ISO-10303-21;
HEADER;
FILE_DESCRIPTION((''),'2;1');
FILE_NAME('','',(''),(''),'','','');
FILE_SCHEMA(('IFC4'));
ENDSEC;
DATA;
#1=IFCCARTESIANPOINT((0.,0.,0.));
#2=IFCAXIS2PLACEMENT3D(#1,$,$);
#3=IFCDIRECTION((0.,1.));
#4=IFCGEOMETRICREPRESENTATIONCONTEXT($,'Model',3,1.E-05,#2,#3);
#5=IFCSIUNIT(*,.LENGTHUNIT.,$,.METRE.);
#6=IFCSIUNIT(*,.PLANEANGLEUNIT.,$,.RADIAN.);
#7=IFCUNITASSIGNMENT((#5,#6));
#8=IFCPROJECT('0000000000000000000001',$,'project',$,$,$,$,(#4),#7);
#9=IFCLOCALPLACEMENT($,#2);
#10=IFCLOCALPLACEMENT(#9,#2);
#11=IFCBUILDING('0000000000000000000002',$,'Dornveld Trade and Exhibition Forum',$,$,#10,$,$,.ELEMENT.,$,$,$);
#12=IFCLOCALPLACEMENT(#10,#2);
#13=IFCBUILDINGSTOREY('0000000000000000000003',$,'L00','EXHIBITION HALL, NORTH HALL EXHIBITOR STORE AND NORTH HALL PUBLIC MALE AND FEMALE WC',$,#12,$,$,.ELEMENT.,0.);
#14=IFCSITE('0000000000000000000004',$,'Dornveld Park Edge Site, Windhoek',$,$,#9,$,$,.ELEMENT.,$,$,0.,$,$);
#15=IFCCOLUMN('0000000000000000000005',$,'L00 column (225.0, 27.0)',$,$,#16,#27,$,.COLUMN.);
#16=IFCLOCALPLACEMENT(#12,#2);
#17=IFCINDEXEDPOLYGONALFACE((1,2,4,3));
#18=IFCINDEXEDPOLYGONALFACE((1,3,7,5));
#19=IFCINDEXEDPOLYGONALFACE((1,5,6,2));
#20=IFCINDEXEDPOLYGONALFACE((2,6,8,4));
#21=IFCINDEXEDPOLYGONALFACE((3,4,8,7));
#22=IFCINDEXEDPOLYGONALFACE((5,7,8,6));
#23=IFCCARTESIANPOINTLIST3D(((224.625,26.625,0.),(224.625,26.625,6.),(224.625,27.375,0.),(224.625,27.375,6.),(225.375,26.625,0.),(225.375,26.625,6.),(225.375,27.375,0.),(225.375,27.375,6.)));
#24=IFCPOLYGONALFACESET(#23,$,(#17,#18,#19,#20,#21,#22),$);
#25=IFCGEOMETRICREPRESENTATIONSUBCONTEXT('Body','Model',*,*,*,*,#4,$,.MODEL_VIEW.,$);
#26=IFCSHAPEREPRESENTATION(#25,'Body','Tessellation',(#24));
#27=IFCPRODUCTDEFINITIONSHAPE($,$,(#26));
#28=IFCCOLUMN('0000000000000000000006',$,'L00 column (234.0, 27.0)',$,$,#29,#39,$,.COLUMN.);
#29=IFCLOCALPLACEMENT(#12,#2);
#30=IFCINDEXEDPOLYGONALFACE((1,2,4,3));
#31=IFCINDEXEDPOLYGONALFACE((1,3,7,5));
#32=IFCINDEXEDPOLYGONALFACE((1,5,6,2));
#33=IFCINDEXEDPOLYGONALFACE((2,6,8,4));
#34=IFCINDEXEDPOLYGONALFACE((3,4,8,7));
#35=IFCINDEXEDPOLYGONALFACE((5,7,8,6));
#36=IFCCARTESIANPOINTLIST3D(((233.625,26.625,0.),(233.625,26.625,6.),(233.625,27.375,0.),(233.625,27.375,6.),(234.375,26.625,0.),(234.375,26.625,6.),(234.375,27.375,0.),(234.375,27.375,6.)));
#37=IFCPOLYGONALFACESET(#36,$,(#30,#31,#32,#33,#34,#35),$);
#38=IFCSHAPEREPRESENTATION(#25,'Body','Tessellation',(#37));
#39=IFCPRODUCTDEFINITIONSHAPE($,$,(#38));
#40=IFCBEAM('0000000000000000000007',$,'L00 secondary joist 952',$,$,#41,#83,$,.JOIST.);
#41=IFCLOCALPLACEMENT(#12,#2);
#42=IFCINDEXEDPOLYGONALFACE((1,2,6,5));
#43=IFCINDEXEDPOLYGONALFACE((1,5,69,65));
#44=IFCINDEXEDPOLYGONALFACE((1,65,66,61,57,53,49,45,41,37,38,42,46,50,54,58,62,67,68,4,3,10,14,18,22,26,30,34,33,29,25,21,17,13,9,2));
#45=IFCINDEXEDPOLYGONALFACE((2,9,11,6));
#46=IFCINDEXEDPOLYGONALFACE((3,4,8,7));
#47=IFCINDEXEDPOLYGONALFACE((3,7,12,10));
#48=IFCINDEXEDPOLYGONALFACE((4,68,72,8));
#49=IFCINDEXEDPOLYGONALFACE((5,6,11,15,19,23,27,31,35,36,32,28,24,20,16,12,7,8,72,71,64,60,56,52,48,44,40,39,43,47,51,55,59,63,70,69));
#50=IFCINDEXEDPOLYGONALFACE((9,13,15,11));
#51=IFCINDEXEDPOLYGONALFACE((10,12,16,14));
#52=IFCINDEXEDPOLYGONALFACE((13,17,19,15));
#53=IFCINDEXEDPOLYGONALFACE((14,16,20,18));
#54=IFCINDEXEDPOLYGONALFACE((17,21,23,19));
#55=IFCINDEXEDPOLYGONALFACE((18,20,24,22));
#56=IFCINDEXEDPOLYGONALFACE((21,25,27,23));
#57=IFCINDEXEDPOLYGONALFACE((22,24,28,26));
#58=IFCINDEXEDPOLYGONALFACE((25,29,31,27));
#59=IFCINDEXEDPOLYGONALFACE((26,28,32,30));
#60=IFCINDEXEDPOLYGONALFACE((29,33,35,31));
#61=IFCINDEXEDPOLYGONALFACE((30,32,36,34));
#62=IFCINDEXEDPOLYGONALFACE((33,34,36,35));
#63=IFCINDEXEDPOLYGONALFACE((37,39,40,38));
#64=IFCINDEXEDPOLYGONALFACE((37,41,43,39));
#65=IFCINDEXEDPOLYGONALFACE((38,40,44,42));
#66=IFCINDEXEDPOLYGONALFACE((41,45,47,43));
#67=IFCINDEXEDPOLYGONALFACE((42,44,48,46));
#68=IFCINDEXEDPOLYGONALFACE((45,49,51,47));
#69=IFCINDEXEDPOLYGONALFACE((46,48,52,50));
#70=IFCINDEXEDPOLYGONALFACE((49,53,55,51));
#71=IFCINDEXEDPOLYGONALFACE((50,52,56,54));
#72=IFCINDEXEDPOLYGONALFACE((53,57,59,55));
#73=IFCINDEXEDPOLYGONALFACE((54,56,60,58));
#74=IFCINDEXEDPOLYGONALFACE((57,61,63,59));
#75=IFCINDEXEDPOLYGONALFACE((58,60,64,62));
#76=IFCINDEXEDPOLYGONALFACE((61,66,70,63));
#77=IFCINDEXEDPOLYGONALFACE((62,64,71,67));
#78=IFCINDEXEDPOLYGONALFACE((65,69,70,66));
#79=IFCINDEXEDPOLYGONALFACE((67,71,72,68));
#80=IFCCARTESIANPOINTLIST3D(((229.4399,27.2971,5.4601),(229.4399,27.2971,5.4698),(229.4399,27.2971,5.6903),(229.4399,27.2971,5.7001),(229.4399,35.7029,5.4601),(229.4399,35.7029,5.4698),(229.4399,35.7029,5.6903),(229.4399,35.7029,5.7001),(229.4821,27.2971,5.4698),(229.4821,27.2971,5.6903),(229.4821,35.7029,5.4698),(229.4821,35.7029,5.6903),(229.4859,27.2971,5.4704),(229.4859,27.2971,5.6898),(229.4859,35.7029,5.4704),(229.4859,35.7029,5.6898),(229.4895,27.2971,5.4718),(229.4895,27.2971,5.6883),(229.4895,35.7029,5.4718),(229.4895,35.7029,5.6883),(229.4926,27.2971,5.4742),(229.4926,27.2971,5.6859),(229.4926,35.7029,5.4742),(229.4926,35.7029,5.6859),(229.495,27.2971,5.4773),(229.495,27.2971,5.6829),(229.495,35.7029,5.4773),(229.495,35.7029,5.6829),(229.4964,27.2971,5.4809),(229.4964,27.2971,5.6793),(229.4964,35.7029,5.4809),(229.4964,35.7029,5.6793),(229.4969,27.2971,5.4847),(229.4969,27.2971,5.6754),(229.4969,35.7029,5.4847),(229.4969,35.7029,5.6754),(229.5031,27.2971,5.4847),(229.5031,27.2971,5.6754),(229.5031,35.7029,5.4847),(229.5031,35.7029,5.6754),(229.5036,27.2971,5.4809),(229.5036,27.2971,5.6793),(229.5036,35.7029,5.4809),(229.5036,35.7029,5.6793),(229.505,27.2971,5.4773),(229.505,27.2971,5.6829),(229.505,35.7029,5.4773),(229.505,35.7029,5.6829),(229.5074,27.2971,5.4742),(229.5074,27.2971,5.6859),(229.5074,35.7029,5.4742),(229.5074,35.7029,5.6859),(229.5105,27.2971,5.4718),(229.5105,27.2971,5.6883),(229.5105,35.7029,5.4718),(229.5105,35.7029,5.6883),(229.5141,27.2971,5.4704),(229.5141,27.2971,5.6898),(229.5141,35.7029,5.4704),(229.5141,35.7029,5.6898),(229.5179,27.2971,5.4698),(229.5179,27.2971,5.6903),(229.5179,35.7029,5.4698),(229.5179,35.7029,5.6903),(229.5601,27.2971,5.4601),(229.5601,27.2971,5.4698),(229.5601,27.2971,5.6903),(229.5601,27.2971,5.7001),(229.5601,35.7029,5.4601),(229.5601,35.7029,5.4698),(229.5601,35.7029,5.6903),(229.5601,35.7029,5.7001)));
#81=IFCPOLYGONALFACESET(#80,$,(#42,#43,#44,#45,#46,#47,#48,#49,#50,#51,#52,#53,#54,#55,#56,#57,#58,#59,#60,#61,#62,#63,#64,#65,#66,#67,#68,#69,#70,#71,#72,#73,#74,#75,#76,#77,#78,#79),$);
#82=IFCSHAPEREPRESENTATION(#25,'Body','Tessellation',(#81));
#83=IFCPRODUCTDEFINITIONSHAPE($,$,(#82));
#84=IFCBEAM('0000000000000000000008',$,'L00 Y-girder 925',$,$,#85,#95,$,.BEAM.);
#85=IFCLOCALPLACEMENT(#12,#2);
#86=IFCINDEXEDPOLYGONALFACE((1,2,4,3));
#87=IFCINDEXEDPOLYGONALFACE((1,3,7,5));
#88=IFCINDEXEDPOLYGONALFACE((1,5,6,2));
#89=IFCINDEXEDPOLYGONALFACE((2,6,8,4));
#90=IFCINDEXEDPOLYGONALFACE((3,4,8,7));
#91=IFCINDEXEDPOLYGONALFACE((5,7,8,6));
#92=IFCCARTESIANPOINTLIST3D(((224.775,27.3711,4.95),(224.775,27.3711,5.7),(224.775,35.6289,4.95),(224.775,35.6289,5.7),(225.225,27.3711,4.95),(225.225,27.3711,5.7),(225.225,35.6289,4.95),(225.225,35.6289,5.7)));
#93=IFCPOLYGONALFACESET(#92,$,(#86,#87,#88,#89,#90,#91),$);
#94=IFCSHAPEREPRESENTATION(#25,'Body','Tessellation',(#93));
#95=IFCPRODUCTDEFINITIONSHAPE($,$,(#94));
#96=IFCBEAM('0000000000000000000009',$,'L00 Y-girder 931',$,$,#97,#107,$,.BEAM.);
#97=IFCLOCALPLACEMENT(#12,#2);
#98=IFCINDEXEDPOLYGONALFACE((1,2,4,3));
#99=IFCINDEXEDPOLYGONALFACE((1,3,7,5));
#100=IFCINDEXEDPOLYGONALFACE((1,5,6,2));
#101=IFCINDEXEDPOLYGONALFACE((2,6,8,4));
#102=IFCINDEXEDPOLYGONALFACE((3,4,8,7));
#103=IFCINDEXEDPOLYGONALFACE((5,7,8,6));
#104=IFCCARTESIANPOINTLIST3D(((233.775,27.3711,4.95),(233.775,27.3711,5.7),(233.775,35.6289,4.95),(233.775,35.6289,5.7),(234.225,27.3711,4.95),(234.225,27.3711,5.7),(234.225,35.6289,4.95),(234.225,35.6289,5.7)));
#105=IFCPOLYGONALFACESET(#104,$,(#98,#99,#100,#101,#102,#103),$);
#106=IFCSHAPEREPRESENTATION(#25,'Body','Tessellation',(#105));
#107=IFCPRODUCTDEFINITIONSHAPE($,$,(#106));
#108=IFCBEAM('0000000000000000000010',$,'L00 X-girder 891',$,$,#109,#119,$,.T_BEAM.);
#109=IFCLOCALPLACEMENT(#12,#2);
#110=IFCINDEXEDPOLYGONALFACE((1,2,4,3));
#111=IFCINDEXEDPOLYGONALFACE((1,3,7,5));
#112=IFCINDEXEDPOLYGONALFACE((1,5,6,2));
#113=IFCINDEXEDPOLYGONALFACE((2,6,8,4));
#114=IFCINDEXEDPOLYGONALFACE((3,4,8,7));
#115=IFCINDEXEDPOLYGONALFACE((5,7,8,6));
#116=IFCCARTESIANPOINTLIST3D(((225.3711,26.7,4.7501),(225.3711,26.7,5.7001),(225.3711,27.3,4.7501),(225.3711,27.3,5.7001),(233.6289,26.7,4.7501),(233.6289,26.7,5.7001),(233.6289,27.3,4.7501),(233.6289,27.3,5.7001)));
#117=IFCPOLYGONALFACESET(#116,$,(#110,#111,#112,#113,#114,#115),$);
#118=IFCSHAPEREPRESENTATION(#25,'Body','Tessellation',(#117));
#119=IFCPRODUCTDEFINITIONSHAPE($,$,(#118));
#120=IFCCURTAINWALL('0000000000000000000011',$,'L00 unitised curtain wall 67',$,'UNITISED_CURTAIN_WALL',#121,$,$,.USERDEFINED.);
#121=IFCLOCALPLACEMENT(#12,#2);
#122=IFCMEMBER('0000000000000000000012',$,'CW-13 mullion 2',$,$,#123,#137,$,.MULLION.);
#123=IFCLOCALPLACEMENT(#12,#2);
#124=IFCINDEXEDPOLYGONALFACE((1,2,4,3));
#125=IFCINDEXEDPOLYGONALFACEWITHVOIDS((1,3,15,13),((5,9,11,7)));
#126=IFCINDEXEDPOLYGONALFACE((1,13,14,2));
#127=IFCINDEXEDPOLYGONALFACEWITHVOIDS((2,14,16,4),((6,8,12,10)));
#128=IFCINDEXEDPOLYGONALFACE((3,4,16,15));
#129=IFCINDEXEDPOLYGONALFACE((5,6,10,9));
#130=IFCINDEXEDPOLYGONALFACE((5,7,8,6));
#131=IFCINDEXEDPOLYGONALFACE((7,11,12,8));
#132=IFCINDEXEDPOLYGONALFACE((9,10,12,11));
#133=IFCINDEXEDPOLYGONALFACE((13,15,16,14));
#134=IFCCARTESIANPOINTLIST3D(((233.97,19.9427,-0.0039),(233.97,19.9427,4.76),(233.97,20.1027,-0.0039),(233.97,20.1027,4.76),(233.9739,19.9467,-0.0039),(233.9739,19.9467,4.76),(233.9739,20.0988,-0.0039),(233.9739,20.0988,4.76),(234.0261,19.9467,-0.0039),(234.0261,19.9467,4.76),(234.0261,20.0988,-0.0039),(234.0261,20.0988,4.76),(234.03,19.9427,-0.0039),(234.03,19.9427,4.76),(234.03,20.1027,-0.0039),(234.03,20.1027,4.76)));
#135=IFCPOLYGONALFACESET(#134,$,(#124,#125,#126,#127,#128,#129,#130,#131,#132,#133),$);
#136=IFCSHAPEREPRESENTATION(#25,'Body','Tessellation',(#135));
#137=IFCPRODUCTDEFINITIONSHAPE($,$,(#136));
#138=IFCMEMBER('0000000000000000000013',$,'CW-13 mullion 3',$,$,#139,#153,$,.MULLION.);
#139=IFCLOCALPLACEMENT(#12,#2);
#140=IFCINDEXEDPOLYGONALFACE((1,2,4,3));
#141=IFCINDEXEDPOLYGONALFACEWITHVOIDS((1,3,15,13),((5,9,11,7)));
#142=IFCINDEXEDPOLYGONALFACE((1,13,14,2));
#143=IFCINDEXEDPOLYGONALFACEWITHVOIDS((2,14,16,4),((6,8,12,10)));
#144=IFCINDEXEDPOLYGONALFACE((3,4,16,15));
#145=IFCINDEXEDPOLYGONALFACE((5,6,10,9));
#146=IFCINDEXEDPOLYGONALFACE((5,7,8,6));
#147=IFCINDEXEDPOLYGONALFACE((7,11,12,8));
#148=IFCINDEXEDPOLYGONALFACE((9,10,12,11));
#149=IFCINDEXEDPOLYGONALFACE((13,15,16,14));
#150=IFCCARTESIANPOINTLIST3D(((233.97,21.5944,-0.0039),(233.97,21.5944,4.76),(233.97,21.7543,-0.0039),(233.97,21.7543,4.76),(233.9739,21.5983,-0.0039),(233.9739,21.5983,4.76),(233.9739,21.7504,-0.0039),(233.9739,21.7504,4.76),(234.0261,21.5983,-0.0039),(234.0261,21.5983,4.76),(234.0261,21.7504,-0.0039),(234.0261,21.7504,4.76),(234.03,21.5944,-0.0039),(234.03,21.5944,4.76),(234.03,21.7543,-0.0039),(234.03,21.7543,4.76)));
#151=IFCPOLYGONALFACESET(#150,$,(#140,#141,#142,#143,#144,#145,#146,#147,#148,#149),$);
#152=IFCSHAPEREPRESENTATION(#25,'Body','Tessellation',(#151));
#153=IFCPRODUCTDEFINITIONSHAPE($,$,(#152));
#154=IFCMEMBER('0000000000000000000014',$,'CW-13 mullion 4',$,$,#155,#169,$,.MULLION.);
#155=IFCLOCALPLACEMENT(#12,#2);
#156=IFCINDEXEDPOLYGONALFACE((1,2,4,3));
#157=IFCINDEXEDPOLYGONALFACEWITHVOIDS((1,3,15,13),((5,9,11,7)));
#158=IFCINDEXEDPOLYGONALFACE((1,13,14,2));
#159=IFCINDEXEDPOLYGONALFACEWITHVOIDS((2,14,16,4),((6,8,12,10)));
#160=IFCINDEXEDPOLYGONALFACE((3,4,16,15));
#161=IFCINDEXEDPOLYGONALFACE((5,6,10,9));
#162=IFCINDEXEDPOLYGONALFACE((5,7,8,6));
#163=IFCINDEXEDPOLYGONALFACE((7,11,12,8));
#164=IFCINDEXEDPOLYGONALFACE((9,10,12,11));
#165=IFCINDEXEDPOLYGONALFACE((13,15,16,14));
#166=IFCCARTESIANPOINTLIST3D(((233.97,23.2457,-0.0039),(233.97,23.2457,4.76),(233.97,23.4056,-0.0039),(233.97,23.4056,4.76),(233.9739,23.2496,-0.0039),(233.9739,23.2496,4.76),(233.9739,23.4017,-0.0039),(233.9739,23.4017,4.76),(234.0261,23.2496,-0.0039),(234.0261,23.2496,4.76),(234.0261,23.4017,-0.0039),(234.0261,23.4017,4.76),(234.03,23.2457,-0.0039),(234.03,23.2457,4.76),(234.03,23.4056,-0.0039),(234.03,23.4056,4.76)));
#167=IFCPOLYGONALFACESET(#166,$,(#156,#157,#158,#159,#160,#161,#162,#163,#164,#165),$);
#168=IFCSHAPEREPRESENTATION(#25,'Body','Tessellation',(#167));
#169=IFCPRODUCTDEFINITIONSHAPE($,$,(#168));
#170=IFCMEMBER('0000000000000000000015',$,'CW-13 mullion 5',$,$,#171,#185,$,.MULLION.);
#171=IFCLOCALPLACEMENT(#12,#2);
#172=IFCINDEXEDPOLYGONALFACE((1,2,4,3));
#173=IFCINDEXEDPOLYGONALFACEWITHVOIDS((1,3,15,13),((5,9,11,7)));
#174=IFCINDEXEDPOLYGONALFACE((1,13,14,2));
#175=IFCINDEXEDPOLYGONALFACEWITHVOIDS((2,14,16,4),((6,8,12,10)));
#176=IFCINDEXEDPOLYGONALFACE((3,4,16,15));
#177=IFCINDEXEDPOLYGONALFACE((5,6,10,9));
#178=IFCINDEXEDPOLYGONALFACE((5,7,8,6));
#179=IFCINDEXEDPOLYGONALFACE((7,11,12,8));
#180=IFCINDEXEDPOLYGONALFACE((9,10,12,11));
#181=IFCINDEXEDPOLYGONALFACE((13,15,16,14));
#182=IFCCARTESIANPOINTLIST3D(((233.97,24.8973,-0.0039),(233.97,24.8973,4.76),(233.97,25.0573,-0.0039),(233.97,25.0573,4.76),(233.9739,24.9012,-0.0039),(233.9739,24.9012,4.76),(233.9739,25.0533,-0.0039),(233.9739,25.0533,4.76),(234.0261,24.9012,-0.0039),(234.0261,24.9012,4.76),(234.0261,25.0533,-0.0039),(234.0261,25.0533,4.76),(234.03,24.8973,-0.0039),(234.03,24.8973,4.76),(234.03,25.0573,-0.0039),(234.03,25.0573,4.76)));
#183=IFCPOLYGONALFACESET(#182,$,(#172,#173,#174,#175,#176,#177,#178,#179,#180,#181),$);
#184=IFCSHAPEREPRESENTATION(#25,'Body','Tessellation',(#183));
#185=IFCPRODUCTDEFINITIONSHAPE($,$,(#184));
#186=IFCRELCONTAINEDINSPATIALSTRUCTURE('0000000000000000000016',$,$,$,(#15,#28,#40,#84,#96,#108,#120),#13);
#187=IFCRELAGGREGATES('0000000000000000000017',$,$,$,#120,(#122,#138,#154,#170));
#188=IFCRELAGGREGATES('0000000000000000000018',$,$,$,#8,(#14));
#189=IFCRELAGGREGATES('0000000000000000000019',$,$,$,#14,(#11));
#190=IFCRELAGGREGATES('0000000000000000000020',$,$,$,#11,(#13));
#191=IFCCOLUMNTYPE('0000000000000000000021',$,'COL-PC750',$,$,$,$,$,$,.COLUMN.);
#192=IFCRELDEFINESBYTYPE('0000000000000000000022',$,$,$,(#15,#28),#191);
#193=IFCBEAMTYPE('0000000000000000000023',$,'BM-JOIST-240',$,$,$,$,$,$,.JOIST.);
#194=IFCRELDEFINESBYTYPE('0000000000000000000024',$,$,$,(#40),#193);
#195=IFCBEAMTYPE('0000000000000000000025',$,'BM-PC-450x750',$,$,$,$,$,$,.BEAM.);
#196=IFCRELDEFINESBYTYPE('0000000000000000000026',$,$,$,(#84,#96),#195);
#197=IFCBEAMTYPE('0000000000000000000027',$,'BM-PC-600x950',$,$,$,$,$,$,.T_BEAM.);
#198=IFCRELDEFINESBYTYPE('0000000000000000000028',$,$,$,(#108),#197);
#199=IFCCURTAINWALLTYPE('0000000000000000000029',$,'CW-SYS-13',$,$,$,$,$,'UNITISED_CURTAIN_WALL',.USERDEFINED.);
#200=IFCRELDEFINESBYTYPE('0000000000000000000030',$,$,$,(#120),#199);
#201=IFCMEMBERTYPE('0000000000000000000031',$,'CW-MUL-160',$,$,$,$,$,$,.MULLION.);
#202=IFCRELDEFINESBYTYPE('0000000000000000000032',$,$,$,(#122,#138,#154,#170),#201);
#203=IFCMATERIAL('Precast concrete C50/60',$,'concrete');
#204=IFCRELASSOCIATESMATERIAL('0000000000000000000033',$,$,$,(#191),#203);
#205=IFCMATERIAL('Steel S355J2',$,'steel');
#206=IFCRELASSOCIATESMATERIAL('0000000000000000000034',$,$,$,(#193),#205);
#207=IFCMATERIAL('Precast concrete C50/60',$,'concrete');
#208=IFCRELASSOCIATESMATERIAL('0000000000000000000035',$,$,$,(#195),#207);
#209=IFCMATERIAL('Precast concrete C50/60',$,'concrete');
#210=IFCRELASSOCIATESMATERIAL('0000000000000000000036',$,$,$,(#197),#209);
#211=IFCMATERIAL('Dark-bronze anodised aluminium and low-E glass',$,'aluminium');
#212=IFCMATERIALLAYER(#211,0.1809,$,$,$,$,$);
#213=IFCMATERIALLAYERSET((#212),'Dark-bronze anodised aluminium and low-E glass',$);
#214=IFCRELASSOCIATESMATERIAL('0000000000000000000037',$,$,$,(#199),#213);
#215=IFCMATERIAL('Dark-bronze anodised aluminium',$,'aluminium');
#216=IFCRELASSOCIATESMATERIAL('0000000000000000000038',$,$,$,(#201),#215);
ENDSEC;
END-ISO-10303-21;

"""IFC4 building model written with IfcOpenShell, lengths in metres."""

from ifc_helpers import new_model, si_unit, direction, frame, origin, origin_2d, place, context, subcontext, project, spatial, rectangle, hollow_rectangle, i_section, extrude, material, layer, layer_set, material_profile, profile_set, type_object, element, aggregate, save


model = new_model("IFC4")

# Units and contexts
model_context = context("Model", 3, precision=1e-05, world=origin(), true_north=direction((0.0, 1.0)))
body_context = subcontext(model_context, "Body", "Model", "MODEL_VIEW")
ifc_project = project(units=[si_unit("LENGTHUNIT", "METRE"), si_unit("PLANEANGLEUNIT", "RADIAN")], contexts=[model_context])

# Site, building, storey
site_placement = place(None, origin())
site = spatial("IfcSite", under=ifc_project, at=site_placement, Name="Dornveld Park Edge Site, Windhoek", CompositionType="ELEMENT", RefElevation=0.0)
building_placement = place(site_placement, origin())
building = spatial("IfcBuilding", under=site, at=building_placement, Name="Dornveld Trade and Exhibition Forum", CompositionType="ELEMENT")
storey_placement = place(building_placement, origin())
storey = spatial("IfcBuildingStorey", under=building, at=storey_placement, Name="L00", Description="EXHIBITION HALL, NORTH HALL EXHIBITOR STORE AND NORTH HALL PUBLIC MALE AND FEMALE WC", CompositionType="ELEMENT", Elevation=0.0)

# Columns
ifc_material_1 = material(Name="Precast concrete C50/60", Category="concrete")
ifc_material_profile_1 = material_profile(ifc_material_1, rectangle(XDim=0.75, YDim=0.75, at=origin_2d()), Name="PC-COL 750x750")
ifc_profile_set_1 = profile_set([ifc_material_profile_1], Name="Precast concrete C50/60")
column_type = type_object("IfcColumnType", Name="COL-PC750", PredefinedType="COLUMN", material=ifc_profile_set_1)
for number, where, z_axis, x_axis, name in (
    (1, (225.0, 27.0, 0.0), (0.0, 0.0, 1.0), (1.0, 0.0, 0.0), "L00 column (225.0, 27.0)"),
    (2, (234.0, 27.0, 0.0), (0.0, 0.0, 1.0), (1.0, 0.0, 0.0), "L00 column (234.0, 27.0)"),
):
    element("IfcColumn", number, at=place(storey_placement, frame(where, z_axis=z_axis, x_axis=x_axis)), inside=storey, type_object=column_type, Name=name, PredefinedType="COLUMN", context=body_context, shape_type="SweptSolid", body=[
        extrude(rectangle(XDim=0.75, YDim=0.75, at=origin_2d()), origin(), (0.0, 0.0, 1.0), 6.0),
    ])

# Beams
ifc_material_2 = material(Name="Steel S355J2", Category="steel")
ifc_material_profile_2 = material_profile(ifc_material_2, i_section(OverallWidth=0.1201, OverallDepth=0.24, WebThickness=0.0061, FlangeThickness=0.0098, FilletRadius=0.0149, at=origin_2d()), Name="IPE 240")
ifc_profile_set_2 = profile_set([ifc_material_profile_2], Name="Steel S355J2")
beam_type_1 = type_object("IfcBeamType", Name="BM-JOIST-240", PredefinedType="JOIST", material=ifc_profile_set_2)
beam_1_placement = place(storey_placement, frame((229.5, 27.2971, 5.5801), z_axis=(0.0, 1.0, 0.0), x_axis=(-1.0, 0.0, 0.0)))
element("IfcBeam", 3, at=beam_1_placement, inside=storey, type_object=beam_type_1, Name="L00 secondary joist 952", PredefinedType="JOIST", context=body_context, shape_type="SweptSolid", body=[
    extrude(i_section(OverallWidth=0.1201, OverallDepth=0.24, WebThickness=0.0061, FlangeThickness=0.0098, FilletRadius=0.0149, at=origin_2d()), origin(), (0.0, 0.0, 1.0), 8.4058),
])
ifc_material_3 = material(Name="Precast concrete C50/60", Category="concrete")
ifc_material_profile_3 = material_profile(ifc_material_3, rectangle(XDim=0.45, YDim=0.75, at=origin_2d()), Name="PC-BM 450x750")
ifc_profile_set_3 = profile_set([ifc_material_profile_3], Name="Precast concrete C50/60")
beam_type_2 = type_object("IfcBeamType", Name="BM-PC-450x750", PredefinedType="BEAM", material=ifc_profile_set_3)
for number, where, z_axis, x_axis, name in (
    (4, (225.0, 27.3711, 5.325), (0.0, 1.0, 0.0), (-1.0, 0.0, 0.0), "L00 Y-girder 925"),
    (5, (234.0, 27.3711, 5.325), (0.0, 1.0, 0.0), (-1.0, 0.0, 0.0), "L00 Y-girder 931"),
):
    element("IfcBeam", number, at=place(storey_placement, frame(where, z_axis=z_axis, x_axis=x_axis)), inside=storey, type_object=beam_type_2, Name=name, PredefinedType="BEAM", context=body_context, shape_type="SweptSolid", body=[
        extrude(rectangle(XDim=0.45, YDim=0.75, at=origin_2d()), origin(), (0.0, 0.0, 1.0), 8.2578),
    ])
ifc_material_4 = material(Name="Precast concrete C50/60", Category="concrete")
ifc_material_profile_4 = material_profile(ifc_material_4, rectangle(XDim=0.6001, YDim=0.95, at=origin_2d()), Name="PC-GIR 600x950")
ifc_profile_set_4 = profile_set([ifc_material_profile_4], Name="Precast concrete C50/60")
beam_type_3 = type_object("IfcBeamType", Name="BM-PC-600x950", PredefinedType="T_BEAM", material=ifc_profile_set_4)
beam_2_placement = place(storey_placement, frame((225.3711, 27.0, 5.2251), z_axis=(1.0, 0.0, 0.0), x_axis=(0.0, 1.0, 0.0)))
element("IfcBeam", 6, at=beam_2_placement, inside=storey, type_object=beam_type_3, Name="L00 X-girder 891", PredefinedType="T_BEAM", context=body_context, shape_type="SweptSolid", body=[
    extrude(rectangle(XDim=0.6001, YDim=0.95, at=origin_2d()), origin(), (0.0, 0.0, 1.0), 8.2578),
])

# Curtain wall, members
ifc_material_5 = material(Name="Dark-bronze anodised aluminium and low-E glass", Category="aluminium")
ifc_layer_1 = layer(ifc_material_5, 0.1809)
ifc_layer_set_1 = layer_set([ifc_layer_1], Name="Dark-bronze anodised aluminium and low-E glass")
curtain_wall_type_1 = type_object("IfcCurtainWallType", Name="CW-SYS-13", ElementType="UNITISED_CURTAIN_WALL", PredefinedType="USERDEFINED", material=ifc_layer_set_1)
curtain_wall_1_placement = place(storey_placement, origin())
curtain_wall_1 = element("IfcCurtainWall", 7, at=curtain_wall_1_placement, inside=storey, type_object=curtain_wall_type_1, Name="L00 unitised curtain wall 67", ObjectType="UNITISED_CURTAIN_WALL", PredefinedType="USERDEFINED")
ifc_material_6 = material(Name="Dark-bronze anodised aluminium", Category="aluminium")
ifc_material_profile_5 = material_profile(ifc_material_6, hollow_rectangle(XDim=0.0601, YDim=0.1599, WallThickness=0.0039, at=origin_2d()), Name="RHS 160x60x4")
ifc_profile_set_5 = profile_set([ifc_material_profile_5], Name="Dark-bronze anodised aluminium")
member_type_1 = type_object("IfcMemberType", Name="CW-MUL-160", PredefinedType="MULLION", material=ifc_profile_set_5)
member_1_placement = place(storey_placement, frame((234.0, 20.0227, -0.0039), z_axis=(0.0, 0.0, 1.0), x_axis=(-1.0, 0.0, 0.0)))
member_1 = element("IfcMember", 8, at=member_1_placement, type_object=member_type_1, Name="CW-13 mullion 2", PredefinedType="MULLION", context=body_context, shape_type="SweptSolid", body=[
    extrude(hollow_rectangle(XDim=0.0601, YDim=0.1599, WallThickness=0.0039, at=origin_2d()), origin(), (0.0, 0.0, 1.0), 4.7639),
])
member_2_placement = place(storey_placement, frame((234.0, 21.6743, -0.0039), z_axis=(0.0, 0.0, 1.0), x_axis=(-1.0, 0.0, 0.0)))
member_2 = element("IfcMember", 9, at=member_2_placement, type_object=member_type_1, Name="CW-13 mullion 3", PredefinedType="MULLION", context=body_context, shape_type="SweptSolid", body=[
    extrude(hollow_rectangle(XDim=0.0601, YDim=0.1599, WallThickness=0.0039, at=origin_2d()), origin(), (0.0, 0.0, 1.0), 4.7639),
])
member_3_placement = place(storey_placement, frame((234.0, 23.3257, -0.0039), z_axis=(0.0, 0.0, 1.0), x_axis=(-1.0, 0.0, 0.0)))
member_3 = element("IfcMember", 10, at=member_3_placement, type_object=member_type_1, Name="CW-13 mullion 4", PredefinedType="MULLION", context=body_context, shape_type="SweptSolid", body=[
    extrude(hollow_rectangle(XDim=0.0601, YDim=0.1599, WallThickness=0.0039, at=origin_2d()), origin(), (0.0, 0.0, 1.0), 4.7639),
])
member_4_placement = place(storey_placement, frame((234.0, 24.9773, -0.0039), z_axis=(0.0, 0.0, 1.0), x_axis=(-1.0, 0.0, 0.0)))
member_4 = element("IfcMember", 11, at=member_4_placement, type_object=member_type_1, Name="CW-13 mullion 5", PredefinedType="MULLION", context=body_context, shape_type="SweptSolid", body=[
    extrude(hollow_rectangle(XDim=0.0601, YDim=0.1599, WallThickness=0.0039, at=origin_2d()), origin(), (0.0, 0.0, 1.0), 4.7639),
])

aggregate(curtain_wall_1, [member_1, member_2, member_3, member_4])

save(model, "model.ifc")
